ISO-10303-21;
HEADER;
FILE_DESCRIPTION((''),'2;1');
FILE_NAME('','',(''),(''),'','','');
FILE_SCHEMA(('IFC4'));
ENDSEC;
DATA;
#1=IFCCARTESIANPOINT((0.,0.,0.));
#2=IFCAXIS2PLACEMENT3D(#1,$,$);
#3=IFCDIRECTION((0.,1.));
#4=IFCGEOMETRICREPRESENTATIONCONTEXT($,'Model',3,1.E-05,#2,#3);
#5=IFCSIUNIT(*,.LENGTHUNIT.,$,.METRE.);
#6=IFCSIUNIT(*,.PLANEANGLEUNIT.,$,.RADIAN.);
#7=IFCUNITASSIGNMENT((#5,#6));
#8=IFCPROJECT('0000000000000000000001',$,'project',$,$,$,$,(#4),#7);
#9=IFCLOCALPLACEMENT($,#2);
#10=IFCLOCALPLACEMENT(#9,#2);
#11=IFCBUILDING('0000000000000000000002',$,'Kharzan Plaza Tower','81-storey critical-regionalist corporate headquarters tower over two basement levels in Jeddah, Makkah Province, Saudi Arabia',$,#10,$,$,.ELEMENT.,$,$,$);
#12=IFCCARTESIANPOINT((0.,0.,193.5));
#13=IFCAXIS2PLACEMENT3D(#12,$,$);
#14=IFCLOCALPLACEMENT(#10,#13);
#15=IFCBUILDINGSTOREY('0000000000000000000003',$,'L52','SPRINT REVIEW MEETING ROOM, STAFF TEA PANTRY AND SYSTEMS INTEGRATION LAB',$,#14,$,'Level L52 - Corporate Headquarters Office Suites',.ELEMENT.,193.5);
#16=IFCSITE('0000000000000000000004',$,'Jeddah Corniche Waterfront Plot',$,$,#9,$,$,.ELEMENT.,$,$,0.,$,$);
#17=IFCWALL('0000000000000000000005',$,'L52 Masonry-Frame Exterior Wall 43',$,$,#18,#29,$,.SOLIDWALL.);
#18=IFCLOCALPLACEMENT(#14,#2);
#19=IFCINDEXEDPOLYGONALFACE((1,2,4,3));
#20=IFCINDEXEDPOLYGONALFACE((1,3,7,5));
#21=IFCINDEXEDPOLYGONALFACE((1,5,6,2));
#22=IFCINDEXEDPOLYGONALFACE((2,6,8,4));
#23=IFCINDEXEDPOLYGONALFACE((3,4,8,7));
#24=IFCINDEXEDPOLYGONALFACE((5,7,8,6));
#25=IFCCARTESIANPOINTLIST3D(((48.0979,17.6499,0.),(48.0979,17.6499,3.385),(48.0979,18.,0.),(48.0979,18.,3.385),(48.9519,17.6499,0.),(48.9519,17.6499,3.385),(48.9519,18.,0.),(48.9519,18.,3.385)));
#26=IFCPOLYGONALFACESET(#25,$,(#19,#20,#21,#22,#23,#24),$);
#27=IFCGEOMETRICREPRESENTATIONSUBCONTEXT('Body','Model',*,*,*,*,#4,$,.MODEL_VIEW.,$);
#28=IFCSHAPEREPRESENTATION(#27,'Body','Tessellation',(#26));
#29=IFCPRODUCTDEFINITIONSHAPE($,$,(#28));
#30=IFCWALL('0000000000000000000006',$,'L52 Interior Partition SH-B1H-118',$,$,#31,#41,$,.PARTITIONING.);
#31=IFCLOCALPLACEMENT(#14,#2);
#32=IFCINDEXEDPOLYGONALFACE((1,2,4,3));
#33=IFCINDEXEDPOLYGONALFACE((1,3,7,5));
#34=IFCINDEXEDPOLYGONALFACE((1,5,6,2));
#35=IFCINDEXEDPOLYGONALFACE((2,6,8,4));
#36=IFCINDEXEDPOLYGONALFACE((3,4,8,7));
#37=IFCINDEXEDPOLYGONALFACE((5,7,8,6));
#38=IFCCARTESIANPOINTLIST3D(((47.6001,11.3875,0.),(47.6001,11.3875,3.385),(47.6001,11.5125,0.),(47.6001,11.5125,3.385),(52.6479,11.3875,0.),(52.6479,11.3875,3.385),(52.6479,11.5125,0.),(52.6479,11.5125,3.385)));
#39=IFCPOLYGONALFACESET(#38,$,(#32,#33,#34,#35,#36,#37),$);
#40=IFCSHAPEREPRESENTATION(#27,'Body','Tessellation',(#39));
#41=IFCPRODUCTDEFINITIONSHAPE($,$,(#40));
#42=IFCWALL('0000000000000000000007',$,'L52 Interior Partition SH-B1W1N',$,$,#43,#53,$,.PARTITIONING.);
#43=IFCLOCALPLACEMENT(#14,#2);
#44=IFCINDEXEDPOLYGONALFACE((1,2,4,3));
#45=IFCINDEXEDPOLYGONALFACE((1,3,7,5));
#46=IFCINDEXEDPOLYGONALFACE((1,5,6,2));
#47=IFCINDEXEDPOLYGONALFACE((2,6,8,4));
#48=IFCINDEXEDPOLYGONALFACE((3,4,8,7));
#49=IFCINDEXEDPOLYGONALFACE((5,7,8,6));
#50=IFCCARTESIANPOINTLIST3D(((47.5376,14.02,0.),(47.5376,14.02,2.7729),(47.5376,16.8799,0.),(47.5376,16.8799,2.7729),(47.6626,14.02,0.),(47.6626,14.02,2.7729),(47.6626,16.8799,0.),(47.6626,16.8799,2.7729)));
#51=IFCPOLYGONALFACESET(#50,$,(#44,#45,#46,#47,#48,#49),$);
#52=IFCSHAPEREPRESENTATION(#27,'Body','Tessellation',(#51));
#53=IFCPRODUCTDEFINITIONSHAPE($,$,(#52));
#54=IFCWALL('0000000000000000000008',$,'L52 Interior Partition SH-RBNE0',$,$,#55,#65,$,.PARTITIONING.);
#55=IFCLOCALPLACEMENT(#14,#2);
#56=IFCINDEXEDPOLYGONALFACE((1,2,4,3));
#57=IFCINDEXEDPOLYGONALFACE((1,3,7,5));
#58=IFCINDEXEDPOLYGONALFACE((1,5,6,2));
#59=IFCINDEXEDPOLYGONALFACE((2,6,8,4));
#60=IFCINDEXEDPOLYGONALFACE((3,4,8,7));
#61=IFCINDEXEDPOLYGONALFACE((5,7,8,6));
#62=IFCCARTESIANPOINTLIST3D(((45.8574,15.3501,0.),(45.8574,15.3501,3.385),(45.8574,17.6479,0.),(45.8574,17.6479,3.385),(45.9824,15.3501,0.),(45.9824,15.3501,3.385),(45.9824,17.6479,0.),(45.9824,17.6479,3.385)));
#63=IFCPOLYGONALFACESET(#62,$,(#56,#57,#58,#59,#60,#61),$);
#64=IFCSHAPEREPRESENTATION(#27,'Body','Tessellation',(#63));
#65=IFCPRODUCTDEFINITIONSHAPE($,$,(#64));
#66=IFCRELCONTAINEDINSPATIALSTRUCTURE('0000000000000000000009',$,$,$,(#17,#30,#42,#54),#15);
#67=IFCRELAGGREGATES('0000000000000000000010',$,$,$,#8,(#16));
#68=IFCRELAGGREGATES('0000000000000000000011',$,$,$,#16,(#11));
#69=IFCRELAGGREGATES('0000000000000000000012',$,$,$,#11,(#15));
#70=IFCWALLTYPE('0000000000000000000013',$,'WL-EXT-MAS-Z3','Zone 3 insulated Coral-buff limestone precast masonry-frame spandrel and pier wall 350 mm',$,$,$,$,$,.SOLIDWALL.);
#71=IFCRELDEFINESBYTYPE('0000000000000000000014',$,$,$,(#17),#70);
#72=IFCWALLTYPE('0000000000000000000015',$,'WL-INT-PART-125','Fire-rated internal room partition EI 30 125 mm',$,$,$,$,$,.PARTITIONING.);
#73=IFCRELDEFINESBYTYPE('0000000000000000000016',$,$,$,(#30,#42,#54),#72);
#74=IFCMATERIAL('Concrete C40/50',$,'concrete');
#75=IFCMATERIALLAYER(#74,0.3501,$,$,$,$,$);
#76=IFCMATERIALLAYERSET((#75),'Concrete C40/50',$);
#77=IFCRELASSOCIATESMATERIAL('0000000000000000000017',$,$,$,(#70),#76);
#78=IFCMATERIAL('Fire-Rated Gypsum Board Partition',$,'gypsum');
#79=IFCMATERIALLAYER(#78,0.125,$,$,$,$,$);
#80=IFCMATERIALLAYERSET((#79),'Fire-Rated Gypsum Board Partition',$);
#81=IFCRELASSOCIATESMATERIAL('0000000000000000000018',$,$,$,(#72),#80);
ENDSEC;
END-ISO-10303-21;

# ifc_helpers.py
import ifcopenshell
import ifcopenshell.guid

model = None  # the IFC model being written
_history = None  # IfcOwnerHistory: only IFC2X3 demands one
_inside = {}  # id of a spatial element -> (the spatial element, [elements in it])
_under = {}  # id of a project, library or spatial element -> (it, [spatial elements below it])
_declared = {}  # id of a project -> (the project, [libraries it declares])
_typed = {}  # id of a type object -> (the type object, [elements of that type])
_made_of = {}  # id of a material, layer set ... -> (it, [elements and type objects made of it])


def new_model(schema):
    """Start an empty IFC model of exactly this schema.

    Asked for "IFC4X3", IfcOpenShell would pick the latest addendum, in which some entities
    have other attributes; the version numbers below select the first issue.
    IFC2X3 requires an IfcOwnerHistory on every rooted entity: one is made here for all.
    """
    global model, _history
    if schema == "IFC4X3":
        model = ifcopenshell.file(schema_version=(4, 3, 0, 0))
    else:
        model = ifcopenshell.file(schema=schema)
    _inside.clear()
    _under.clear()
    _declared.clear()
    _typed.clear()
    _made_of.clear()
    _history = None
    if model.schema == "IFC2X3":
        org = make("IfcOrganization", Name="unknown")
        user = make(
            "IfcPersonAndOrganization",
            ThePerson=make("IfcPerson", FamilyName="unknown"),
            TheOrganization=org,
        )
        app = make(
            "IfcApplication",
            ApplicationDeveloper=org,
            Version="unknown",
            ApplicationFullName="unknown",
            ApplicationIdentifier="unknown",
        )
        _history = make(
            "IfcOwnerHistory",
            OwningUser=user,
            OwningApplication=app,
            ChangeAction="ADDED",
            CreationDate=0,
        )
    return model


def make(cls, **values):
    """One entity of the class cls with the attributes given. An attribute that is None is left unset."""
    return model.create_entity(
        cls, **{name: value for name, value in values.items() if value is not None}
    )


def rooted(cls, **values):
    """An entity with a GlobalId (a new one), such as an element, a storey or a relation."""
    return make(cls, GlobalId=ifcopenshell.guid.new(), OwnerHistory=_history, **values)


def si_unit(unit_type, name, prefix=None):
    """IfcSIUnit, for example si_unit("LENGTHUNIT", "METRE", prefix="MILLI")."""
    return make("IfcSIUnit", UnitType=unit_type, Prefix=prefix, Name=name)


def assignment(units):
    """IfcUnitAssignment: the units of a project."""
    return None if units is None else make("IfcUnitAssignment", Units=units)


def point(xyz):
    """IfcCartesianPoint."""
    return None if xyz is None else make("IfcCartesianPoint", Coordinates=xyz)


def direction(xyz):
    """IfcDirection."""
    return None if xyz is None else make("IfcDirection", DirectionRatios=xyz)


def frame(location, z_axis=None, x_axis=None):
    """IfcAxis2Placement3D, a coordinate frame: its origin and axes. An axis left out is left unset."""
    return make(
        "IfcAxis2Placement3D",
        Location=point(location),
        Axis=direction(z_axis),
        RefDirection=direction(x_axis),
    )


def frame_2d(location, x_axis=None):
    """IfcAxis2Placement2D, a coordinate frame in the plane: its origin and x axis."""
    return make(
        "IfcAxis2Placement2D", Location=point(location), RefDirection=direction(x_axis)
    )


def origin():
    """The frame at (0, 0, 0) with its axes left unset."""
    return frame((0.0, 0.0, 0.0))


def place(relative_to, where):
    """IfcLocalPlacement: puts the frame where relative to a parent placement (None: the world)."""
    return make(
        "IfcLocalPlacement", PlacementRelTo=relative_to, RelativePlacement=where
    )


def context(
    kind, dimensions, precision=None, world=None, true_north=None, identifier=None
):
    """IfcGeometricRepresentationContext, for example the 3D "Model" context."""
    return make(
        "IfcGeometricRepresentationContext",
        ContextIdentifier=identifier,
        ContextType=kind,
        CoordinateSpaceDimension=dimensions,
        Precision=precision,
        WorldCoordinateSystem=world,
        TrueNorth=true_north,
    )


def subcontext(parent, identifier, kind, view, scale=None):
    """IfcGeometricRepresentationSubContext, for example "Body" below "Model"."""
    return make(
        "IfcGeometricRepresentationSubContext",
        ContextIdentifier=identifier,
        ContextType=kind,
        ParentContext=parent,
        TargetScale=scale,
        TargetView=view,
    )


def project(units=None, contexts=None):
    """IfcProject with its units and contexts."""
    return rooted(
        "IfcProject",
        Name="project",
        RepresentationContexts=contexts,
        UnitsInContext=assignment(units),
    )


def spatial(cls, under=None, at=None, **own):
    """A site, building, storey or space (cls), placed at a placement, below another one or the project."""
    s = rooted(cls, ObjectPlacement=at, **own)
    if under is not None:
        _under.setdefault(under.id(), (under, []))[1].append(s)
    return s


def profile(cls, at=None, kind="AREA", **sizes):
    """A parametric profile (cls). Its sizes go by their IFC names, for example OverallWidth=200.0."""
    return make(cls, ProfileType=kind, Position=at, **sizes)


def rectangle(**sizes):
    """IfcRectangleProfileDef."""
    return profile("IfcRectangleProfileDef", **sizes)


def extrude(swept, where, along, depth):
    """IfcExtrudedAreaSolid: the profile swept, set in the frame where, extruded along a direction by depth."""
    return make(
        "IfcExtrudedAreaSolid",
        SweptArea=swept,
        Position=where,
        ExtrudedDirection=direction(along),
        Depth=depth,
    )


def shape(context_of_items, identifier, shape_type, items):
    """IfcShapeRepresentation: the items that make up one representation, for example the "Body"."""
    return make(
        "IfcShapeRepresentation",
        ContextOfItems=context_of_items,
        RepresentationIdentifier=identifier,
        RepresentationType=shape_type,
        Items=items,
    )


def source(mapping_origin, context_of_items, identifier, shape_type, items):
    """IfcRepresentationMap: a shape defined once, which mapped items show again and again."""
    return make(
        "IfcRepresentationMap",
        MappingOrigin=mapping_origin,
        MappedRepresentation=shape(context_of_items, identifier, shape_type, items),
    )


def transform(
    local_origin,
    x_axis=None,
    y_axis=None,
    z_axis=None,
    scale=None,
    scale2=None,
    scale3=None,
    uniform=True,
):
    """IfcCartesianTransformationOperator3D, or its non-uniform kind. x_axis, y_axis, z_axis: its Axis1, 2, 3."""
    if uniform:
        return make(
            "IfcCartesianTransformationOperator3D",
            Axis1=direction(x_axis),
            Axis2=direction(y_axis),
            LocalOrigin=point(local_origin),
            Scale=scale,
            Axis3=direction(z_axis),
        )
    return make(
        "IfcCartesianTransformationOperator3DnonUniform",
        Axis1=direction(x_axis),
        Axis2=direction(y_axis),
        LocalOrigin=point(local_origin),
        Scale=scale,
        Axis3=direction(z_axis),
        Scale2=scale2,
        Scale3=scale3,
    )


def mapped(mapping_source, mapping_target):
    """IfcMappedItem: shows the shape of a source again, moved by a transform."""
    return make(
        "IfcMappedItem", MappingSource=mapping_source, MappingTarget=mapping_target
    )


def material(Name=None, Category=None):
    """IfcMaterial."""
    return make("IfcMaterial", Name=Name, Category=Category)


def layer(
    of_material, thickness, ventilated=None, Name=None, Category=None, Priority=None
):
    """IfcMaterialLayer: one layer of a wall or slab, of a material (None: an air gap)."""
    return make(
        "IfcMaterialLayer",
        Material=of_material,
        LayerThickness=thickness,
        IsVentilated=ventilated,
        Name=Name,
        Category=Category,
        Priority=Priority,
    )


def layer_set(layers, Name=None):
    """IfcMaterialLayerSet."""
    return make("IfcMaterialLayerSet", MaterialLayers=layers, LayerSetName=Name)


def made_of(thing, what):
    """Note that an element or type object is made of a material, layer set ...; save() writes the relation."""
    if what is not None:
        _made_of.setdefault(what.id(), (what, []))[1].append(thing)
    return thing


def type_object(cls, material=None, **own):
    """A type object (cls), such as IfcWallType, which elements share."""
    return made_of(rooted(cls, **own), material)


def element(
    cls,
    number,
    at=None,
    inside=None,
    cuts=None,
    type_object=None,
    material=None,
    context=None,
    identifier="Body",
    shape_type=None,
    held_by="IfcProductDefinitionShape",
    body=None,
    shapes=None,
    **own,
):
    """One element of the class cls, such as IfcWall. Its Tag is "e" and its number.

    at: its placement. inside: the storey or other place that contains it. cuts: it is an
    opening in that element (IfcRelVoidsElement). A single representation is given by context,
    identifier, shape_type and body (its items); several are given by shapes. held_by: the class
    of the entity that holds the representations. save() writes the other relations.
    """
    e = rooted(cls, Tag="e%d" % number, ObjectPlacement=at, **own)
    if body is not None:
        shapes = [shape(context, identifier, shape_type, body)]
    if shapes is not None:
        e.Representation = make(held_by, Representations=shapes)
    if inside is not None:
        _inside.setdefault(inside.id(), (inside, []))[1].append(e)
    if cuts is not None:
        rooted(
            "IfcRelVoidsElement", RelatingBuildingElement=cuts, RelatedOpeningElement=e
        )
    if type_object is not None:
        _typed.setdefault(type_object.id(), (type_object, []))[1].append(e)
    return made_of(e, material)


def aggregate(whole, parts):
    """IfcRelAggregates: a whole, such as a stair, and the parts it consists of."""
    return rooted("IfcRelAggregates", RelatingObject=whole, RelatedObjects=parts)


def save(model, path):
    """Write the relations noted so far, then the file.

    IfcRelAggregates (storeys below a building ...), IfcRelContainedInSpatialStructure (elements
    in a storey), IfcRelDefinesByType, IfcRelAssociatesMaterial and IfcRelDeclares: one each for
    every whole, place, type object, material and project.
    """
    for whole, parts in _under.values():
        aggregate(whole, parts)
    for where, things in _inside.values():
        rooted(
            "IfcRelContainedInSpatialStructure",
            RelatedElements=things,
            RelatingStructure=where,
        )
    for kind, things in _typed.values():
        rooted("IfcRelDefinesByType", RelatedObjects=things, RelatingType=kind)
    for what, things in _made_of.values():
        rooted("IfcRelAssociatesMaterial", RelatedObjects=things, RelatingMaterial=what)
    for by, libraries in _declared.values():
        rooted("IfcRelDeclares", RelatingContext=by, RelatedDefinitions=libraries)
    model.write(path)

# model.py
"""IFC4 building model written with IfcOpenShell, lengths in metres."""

from ifc_helpers import new_model, si_unit, direction, frame, frame_2d, origin, place, context, subcontext, project, spatial, rectangle, extrude, source, transform, mapped, material, layer, layer_set, type_object, element, save


model = new_model("IFC4")

# Units and contexts
model_context = context("Model", 3, precision=1e-05, world=origin(), true_north=direction((0.0, 1.0)))
body_context = subcontext(model_context, "Body", "Model", "MODEL_VIEW")
ifc_project = project(units=[si_unit("LENGTHUNIT", "METRE"), si_unit("PLANEANGLEUNIT", "RADIAN")], contexts=[model_context])

# Site, building, storey
site_placement = place(None, origin())
site = spatial("IfcSite", under=ifc_project, at=site_placement, Name="Jeddah Corniche Waterfront Plot", CompositionType="ELEMENT", RefElevation=0.0)
building_placement = place(site_placement, origin())
building = spatial("IfcBuilding", under=site, at=building_placement, Name="Kharzan Plaza Tower", Description="81-storey critical-regionalist corporate headquarters tower over two basement levels in Jeddah, Makkah Province, Saudi Arabia", CompositionType="ELEMENT")
storey_placement = place(building_placement, frame((0.0, 0.0, 193.5)))
storey = spatial("IfcBuildingStorey", under=building, at=storey_placement, Name="L52", Description="SPRINT REVIEW MEETING ROOM, STAFF TEA PANTRY AND SYSTEMS INTEGRATION LAB", LongName="Level L52 - Corporate Headquarters Office Suites", CompositionType="ELEMENT", Elevation=193.5)

# Shared definitions
ifc_material_1 = material(Name="Concrete C40/50", Category="concrete")
ifc_layer_1 = layer(ifc_material_1, 0.3501)
ifc_layer_set_1 = layer_set([ifc_layer_1], Name="Concrete C40/50")
wall_type_1 = type_object("IfcWallType", Name="WL-EXT-MAS-Z3", Description="Zone 3 insulated Coral-buff limestone precast masonry-frame spandrel and pier wall 350 mm", PredefinedType="SOLIDWALL", material=ifc_layer_set_1)

# Shared definitions
ifc_material_2 = material(Name="Fire-Rated Gypsum Board Partition", Category="gypsum")
ifc_layer_2 = layer(ifc_material_2, 0.125)
ifc_layer_set_2 = layer_set([ifc_layer_2], Name="Fire-Rated Gypsum Board Partition")
wall_type_2 = type_object("IfcWallType", Name="WL-INT-PART-125", Description="Fire-rated internal room partition EI 30 125 mm", PredefinedType="PARTITIONING", material=ifc_layer_set_2)

# Walls
shared_shape_1 = source(origin(), body_context, "Body", "SweptSolid", [
    extrude(rectangle(XDim=0.854, YDim=0.3501, at=frame_2d((0.427, 0.0))), origin(), (0.0, 0.0, 1.0), 3.385),
])
wall_1_placement = place(storey_placement, frame((48.9519, 17.825, 0.0), z_axis=(0.0, 0.0, 1.0), x_axis=(-1.0, 0.0, 0.0)))
element("IfcWall", 1, at=wall_1_placement, inside=storey, type_object=wall_type_1, Name="L52 Masonry-Frame Exterior Wall 43", PredefinedType="SOLIDWALL", context=body_context, shape_type="MappedRepresentation", body=[
    mapped(shared_shape_1, transform((0.0, 0.0, 0.0), x_axis=(1.0, 0.0, 0.0), y_axis=(0.0, 1.0, 0.0), z_axis=(0.0, 0.0, 1.0))),
])
shared_shape_2 = source(origin(), body_context, "Body", "SweptSolid", [
    extrude(rectangle(XDim=5.0479, YDim=0.125, at=frame_2d((2.5239, 0.0))), origin(), (0.0, 0.0, 1.0), 3.385),
])
wall_2_placement = place(storey_placement, frame((47.6001, 11.45, 0.0), z_axis=(0.0, 0.0, 1.0), x_axis=(1.0, 0.0, 0.0)))
element("IfcWall", 2, at=wall_2_placement, inside=storey, type_object=wall_type_2, Name="L52 Interior Partition SH-B1H-118", PredefinedType="PARTITIONING", context=body_context, shape_type="MappedRepresentation", body=[
    mapped(shared_shape_2, transform((0.0, 0.0, 0.0), x_axis=(1.0, 0.0, 0.0), y_axis=(0.0, 1.0, 0.0), z_axis=(0.0, 0.0, 1.0))),
])
shared_shape_3 = source(origin(), body_context, "Body", "SweptSolid", [
    extrude(rectangle(XDim=2.8599, YDim=0.125, at=frame_2d((1.4299, 0.0))), origin(), (0.0, 0.0, 1.0), 2.7729),
])
wall_3_placement = place(storey_placement, frame((47.6001, 14.02, 0.0), z_axis=(0.0, 0.0, 1.0), x_axis=(0.0, 1.0, 0.0)))
element("IfcWall", 3, at=wall_3_placement, inside=storey, type_object=wall_type_2, Name="L52 Interior Partition SH-B1W1N", PredefinedType="PARTITIONING", context=body_context, shape_type="MappedRepresentation", body=[
    mapped(shared_shape_3, transform((0.0, 0.0, 0.0), x_axis=(1.0, 0.0, 0.0), y_axis=(0.0, 1.0, 0.0), z_axis=(0.0, 0.0, 1.0))),
])
shared_shape_4 = source(origin(), body_context, "Body", "SweptSolid", [
    extrude(rectangle(XDim=2.2979, YDim=0.125, at=frame_2d((1.1489, 0.0))), origin(), (0.0, 0.0, 1.0), 3.385),
])
wall_4_placement = place(storey_placement, frame((45.9199, 15.3501, 0.0), z_axis=(0.0, 0.0, 1.0), x_axis=(0.0, 1.0, 0.0)))
element("IfcWall", 4, at=wall_4_placement, inside=storey, type_object=wall_type_2, Name="L52 Interior Partition SH-RBNE0", PredefinedType="PARTITIONING", context=body_context, shape_type="MappedRepresentation", body=[
    mapped(shared_shape_4, transform((0.0, 0.0, 0.0), x_axis=(1.0, 0.0, 0.0), y_axis=(0.0, 1.0, 0.0), z_axis=(0.0, 0.0, 1.0))),
])

save(model, "model.ifc")
